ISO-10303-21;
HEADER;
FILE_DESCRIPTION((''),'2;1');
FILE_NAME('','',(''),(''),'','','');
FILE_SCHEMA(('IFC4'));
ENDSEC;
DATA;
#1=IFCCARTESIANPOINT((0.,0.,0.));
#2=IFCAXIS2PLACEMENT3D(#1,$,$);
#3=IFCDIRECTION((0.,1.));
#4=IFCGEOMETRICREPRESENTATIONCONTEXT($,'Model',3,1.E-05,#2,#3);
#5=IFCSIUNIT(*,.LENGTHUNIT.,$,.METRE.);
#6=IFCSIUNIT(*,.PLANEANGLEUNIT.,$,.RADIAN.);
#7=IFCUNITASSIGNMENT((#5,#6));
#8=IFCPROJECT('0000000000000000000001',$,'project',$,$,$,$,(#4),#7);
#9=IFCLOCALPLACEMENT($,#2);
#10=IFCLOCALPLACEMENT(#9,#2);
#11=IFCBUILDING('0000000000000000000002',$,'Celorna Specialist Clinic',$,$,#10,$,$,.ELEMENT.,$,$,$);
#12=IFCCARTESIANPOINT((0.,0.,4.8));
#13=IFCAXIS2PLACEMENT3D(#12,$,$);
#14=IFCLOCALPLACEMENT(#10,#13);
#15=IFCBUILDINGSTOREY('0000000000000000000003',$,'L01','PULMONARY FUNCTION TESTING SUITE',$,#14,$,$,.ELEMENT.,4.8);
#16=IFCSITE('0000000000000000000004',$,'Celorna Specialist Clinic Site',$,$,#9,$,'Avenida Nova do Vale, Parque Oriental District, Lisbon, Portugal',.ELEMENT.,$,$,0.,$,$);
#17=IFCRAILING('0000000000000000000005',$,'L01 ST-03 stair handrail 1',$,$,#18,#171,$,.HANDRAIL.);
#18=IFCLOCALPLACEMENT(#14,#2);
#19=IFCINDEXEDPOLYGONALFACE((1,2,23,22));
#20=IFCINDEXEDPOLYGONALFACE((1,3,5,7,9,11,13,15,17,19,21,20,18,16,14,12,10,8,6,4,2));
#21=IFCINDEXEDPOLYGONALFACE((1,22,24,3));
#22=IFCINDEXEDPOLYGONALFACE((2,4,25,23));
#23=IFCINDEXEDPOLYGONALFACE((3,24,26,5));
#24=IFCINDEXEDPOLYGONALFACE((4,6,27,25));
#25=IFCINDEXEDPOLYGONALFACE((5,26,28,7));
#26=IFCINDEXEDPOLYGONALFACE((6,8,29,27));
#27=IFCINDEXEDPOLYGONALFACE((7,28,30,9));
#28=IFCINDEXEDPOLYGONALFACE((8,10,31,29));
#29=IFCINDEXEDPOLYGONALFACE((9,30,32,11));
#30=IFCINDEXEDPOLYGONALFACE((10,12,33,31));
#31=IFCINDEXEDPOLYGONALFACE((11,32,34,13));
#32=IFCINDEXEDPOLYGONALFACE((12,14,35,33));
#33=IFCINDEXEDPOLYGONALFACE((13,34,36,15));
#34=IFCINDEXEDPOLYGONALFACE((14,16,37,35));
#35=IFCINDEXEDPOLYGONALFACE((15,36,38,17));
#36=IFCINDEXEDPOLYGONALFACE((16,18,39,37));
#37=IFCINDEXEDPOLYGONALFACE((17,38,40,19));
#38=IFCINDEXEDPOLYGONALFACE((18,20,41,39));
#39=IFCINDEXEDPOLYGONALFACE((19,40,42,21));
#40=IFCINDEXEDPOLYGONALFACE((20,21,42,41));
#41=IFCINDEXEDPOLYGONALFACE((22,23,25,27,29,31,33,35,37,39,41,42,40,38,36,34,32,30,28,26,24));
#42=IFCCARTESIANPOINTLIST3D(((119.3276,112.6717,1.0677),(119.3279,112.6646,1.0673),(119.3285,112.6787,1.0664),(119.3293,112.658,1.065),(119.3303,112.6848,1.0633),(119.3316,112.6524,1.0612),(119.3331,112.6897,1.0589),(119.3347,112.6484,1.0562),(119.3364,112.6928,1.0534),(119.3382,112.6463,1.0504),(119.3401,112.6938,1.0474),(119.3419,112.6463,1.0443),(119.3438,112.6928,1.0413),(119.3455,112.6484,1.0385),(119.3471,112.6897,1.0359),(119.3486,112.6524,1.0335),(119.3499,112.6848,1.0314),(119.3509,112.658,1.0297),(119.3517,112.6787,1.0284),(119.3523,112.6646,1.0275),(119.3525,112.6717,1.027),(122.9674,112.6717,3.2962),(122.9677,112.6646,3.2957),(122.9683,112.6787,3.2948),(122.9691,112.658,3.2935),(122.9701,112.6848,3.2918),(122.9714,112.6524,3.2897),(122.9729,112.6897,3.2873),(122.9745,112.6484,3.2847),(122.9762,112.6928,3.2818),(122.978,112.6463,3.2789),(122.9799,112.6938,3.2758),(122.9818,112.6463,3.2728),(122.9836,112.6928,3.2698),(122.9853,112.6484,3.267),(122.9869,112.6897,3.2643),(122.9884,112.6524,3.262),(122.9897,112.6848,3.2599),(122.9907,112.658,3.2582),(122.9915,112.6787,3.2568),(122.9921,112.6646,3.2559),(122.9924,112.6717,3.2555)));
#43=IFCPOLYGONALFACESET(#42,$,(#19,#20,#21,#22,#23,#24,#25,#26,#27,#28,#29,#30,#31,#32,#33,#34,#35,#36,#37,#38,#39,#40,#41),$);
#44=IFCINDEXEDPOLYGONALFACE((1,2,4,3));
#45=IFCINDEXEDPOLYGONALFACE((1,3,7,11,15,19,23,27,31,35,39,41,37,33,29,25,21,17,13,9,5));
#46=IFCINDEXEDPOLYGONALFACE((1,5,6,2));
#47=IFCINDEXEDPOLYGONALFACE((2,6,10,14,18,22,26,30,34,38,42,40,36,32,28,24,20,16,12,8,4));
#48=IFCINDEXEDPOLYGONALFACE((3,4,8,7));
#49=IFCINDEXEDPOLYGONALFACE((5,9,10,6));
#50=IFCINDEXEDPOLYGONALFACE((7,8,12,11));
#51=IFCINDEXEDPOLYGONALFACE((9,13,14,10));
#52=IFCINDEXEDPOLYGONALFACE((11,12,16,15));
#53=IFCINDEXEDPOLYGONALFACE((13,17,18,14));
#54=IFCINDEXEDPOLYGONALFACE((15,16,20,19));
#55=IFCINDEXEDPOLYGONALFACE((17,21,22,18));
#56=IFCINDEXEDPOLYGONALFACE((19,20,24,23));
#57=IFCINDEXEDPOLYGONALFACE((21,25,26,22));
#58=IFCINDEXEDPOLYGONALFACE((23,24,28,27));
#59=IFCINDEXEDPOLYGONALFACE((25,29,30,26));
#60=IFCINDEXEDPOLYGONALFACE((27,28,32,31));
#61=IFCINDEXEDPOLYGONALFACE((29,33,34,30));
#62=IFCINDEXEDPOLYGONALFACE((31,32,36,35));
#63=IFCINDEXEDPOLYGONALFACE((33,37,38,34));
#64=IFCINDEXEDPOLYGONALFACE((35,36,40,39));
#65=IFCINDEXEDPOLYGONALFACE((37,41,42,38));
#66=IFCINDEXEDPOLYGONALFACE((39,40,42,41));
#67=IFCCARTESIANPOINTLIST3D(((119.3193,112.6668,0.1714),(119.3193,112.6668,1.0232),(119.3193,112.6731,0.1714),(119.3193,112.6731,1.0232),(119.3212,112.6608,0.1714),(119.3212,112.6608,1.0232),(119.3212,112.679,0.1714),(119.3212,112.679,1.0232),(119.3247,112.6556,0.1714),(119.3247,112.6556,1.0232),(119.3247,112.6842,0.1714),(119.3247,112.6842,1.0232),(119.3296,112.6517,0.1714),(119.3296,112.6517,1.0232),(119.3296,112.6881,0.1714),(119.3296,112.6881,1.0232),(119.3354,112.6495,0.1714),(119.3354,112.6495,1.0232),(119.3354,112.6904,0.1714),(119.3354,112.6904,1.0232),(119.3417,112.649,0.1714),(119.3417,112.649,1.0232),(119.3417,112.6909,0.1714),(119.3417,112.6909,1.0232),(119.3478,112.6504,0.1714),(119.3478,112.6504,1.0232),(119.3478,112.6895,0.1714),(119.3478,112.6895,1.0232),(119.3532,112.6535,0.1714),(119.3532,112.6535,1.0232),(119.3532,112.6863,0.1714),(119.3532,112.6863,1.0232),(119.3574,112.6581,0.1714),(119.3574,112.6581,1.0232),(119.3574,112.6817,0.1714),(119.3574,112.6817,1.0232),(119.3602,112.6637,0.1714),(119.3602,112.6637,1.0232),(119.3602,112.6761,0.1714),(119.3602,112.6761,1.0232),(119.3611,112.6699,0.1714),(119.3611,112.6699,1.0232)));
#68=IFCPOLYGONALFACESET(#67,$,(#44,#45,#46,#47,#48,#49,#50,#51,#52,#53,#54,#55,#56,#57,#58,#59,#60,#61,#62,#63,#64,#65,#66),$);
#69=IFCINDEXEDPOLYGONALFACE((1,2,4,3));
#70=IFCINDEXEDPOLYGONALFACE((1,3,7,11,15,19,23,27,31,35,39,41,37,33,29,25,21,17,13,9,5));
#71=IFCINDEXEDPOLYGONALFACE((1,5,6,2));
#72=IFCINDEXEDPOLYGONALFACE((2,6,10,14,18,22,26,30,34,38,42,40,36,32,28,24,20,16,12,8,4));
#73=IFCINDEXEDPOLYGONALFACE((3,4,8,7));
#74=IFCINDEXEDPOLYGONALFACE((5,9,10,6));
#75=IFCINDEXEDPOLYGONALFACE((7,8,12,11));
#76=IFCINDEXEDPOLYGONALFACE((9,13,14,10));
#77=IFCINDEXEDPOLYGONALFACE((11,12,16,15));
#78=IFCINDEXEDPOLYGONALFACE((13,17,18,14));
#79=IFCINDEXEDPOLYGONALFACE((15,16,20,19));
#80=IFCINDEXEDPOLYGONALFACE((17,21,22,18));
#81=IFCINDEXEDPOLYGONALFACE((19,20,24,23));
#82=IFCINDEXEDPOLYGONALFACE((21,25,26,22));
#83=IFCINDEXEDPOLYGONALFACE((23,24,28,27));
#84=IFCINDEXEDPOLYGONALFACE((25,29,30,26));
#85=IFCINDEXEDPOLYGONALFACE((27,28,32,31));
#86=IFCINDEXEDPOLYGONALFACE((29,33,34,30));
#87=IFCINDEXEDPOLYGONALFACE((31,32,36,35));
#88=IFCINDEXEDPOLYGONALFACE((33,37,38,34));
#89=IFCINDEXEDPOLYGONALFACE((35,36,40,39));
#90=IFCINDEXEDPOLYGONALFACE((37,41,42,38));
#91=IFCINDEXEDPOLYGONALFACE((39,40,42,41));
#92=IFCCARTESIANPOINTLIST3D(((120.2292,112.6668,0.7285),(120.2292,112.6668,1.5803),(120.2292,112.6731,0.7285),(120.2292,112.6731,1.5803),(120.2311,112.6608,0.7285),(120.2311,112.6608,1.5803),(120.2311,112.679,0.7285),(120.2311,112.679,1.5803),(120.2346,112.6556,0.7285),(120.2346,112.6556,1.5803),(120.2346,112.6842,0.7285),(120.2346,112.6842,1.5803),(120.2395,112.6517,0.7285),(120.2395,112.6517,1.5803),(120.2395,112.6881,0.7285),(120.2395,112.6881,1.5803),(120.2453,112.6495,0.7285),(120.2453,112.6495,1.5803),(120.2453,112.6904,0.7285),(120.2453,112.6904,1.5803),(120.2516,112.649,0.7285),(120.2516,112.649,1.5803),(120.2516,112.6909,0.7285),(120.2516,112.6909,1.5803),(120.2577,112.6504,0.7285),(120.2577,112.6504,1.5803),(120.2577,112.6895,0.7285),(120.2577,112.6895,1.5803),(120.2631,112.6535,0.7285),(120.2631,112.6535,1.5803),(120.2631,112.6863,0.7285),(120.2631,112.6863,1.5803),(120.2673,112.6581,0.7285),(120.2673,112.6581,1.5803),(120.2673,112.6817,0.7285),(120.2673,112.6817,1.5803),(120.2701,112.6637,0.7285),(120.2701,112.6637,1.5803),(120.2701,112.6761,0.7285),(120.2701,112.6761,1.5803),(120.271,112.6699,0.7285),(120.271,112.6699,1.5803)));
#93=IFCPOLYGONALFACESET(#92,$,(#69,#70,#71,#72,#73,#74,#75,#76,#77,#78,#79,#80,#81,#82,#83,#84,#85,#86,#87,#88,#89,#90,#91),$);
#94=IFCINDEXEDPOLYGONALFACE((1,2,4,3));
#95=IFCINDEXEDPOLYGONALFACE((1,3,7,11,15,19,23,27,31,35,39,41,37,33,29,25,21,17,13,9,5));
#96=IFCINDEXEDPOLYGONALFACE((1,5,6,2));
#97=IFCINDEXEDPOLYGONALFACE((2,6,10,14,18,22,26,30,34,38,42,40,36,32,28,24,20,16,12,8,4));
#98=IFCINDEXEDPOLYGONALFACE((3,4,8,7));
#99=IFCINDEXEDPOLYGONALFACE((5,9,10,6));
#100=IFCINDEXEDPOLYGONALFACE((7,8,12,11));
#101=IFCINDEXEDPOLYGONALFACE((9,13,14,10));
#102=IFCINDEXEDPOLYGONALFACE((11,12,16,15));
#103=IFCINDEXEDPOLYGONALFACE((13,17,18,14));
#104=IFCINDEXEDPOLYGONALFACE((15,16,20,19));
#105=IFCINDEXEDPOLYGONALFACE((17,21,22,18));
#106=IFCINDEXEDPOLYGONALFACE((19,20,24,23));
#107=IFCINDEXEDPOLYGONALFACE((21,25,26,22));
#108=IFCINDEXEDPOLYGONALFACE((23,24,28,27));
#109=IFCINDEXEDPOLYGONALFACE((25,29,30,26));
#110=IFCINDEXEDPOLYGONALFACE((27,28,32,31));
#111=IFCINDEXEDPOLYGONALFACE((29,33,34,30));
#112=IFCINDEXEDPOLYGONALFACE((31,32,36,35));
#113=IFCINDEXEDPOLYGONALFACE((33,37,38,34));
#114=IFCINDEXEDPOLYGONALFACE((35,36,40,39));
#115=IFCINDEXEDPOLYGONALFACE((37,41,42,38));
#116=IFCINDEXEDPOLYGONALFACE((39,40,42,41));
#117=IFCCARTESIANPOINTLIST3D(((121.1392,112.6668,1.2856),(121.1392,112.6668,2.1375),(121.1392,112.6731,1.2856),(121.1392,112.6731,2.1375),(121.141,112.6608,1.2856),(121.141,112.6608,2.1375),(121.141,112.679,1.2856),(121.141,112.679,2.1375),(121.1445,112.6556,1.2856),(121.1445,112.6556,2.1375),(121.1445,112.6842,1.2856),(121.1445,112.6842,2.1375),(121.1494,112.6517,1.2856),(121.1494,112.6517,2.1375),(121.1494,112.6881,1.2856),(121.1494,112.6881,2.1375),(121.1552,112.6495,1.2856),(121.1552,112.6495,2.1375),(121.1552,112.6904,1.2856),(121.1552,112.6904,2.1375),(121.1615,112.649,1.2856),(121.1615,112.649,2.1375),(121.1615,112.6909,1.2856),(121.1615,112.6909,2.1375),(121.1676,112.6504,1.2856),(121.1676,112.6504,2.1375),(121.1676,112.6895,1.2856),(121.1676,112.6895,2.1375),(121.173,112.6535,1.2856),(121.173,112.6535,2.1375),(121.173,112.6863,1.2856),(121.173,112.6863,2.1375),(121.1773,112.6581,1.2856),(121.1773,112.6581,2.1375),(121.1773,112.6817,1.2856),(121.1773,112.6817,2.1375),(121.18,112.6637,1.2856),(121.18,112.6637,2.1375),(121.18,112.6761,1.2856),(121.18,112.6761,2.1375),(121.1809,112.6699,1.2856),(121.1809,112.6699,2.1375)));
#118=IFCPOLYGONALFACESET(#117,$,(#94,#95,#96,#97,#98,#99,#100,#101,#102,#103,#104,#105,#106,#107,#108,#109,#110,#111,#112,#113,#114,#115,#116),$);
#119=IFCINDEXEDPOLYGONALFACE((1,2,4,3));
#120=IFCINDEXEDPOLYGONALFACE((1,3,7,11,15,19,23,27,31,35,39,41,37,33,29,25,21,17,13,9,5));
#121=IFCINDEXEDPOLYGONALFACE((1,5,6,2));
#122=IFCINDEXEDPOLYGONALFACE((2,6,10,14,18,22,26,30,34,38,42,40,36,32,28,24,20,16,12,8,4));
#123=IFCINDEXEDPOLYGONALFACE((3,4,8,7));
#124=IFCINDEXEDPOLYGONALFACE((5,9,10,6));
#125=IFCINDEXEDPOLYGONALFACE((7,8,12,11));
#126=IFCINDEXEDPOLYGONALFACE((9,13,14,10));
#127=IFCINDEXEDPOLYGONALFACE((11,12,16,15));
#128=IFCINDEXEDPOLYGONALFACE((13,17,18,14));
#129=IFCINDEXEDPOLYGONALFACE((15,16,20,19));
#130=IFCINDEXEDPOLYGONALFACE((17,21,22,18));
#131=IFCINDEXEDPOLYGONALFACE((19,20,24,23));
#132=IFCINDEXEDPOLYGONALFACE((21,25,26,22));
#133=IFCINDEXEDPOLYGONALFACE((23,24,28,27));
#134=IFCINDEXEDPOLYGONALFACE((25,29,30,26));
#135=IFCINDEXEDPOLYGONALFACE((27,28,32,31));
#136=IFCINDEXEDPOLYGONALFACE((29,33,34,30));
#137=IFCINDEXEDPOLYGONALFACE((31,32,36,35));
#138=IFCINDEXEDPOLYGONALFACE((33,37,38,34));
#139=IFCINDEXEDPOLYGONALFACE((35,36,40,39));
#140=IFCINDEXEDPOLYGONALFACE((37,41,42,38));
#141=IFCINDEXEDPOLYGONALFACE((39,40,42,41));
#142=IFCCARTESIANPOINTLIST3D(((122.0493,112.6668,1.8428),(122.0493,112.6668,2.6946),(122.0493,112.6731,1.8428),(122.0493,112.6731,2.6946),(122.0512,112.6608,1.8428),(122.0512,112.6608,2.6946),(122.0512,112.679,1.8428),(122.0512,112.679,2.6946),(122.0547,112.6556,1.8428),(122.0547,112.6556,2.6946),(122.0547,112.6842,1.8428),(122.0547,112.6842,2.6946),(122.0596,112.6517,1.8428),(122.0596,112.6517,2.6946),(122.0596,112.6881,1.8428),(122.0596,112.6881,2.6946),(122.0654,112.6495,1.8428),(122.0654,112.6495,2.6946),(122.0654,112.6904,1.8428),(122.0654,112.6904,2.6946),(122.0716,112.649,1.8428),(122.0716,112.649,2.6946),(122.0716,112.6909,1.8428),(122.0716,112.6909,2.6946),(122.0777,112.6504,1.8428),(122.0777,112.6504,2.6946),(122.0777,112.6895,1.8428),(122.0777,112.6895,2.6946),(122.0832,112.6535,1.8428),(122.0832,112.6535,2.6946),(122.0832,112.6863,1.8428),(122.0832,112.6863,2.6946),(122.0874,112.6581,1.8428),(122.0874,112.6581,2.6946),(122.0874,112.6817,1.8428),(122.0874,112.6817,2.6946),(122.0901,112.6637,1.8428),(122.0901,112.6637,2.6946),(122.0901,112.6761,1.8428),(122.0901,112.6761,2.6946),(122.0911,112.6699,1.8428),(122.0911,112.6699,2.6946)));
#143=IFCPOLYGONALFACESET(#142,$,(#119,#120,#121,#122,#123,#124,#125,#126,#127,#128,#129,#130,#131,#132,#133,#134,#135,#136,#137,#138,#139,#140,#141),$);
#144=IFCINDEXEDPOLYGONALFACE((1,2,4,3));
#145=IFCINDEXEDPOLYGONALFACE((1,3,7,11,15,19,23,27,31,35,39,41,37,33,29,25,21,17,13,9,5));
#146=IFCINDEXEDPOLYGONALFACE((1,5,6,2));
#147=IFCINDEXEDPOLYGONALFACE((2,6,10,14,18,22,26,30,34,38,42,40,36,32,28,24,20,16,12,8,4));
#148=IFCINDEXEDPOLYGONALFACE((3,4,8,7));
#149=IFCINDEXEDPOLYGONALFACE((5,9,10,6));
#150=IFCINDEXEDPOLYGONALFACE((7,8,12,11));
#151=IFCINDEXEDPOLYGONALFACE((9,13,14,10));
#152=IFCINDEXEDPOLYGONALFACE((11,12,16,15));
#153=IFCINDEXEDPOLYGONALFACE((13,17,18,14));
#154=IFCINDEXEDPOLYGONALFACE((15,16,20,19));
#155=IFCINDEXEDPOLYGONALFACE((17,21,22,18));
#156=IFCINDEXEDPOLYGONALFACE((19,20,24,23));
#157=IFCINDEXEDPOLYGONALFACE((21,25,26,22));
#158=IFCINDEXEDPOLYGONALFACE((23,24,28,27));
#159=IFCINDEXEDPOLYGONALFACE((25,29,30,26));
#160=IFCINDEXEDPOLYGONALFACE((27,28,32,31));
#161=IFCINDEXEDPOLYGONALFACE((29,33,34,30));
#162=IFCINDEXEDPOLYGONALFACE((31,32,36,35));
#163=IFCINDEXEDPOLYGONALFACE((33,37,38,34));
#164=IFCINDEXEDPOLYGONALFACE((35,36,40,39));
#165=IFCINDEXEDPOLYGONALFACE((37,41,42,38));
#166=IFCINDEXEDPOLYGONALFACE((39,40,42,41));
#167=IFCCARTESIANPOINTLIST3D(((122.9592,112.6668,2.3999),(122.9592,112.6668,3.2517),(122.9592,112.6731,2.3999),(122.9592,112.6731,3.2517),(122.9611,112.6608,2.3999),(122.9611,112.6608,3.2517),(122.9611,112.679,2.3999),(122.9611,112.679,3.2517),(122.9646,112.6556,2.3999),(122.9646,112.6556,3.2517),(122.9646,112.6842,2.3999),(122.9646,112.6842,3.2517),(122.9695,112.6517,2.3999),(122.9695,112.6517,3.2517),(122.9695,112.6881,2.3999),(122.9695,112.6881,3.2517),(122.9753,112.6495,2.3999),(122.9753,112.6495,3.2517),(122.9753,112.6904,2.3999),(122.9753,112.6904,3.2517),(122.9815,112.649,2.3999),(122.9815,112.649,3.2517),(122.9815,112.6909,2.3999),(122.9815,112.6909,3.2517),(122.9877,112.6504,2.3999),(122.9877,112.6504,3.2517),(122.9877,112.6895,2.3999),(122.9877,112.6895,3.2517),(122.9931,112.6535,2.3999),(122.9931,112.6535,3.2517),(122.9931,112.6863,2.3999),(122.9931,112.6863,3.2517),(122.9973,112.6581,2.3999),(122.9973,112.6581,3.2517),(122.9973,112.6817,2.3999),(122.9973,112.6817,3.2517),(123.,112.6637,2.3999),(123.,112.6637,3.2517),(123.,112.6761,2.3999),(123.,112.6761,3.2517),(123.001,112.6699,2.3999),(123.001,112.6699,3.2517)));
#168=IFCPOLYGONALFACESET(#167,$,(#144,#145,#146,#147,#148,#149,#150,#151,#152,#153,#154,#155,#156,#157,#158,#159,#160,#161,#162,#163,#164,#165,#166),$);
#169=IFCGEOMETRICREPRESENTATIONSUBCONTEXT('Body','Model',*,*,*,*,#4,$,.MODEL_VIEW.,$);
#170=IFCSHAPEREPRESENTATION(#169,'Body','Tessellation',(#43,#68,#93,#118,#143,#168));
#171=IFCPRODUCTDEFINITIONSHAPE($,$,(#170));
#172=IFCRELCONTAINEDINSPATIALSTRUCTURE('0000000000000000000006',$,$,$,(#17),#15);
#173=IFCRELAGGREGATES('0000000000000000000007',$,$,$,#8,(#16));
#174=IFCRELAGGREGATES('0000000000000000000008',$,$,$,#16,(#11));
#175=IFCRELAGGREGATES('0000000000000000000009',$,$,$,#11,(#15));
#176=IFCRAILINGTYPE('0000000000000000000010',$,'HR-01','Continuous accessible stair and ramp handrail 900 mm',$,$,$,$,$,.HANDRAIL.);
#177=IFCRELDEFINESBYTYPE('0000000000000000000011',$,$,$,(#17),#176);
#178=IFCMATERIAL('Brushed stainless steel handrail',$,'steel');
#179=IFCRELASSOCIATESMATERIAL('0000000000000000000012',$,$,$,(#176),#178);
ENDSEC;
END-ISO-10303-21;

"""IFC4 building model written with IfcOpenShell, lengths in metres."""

from ifc_helpers import new_model, si_unit, direction, frame, origin, origin_2d, place, context, subcontext, project, spatial, circle, extrude, material, type_object, element, save


model = new_model("IFC4")

# Units and contexts
model_context = context("Model", 3, precision=1e-05, world=origin(), true_north=direction((0.0, 1.0)))
body_context = subcontext(model_context, "Body", "Model", "MODEL_VIEW")
ifc_project = project(units=[si_unit("LENGTHUNIT", "METRE"), si_unit("PLANEANGLEUNIT", "RADIAN")], contexts=[model_context])

# Site, building, storey
site_placement = place(None, origin())
site = spatial("IfcSite", under=ifc_project, at=site_placement, Name="Celorna Specialist Clinic Site", LongName="Avenida Nova do Vale, Parque Oriental District, Lisbon, Portugal", CompositionType="ELEMENT", RefElevation=0.0)
building_placement = place(site_placement, origin())
building = spatial("IfcBuilding", under=site, at=building_placement, Name="Celorna Specialist Clinic", CompositionType="ELEMENT")
storey_placement = place(building_placement, frame((0.0, 0.0, 4.8)))
storey = spatial("IfcBuildingStorey", under=building, at=storey_placement, Name="L01", Description="PULMONARY FUNCTION TESTING SUITE", CompositionType="ELEMENT", Elevation=4.8)

# Railing
ifc_material_1 = material(Name="Brushed stainless steel handrail", Category="steel")
railing_type = type_object("IfcRailingType", Name="HR-01", Description="Continuous accessible stair and ramp handrail 900 mm", PredefinedType="HANDRAIL", material=ifc_material_1)
railing_placement = place(storey_placement, frame((119.3401, 112.6699, 0.1714)))
element("IfcRailing", 1, at=railing_placement, inside=storey, type_object=railing_type, Name="L01 ST-03 stair handrail 1", PredefinedType="HANDRAIL", context=body_context, shape_type="SweptSolid", body=[
    extrude(circle(Radius=0.0239, at=origin_2d()), frame((0.0, 0.0, 0.876), z_axis=(0.85285, 0.0, 0.522156), x_axis=(0.0, 1.0, 0.0)), (0.0, 0.0, 1.0), 4.2678),
    extrude(circle(Radius=0.021, at=origin_2d()), origin(), (0.0, 0.0, 1.0), 0.8518),
    extrude(circle(Radius=0.021, at=origin_2d()), frame((0.9099, 0.0, 0.5571)), (0.0, 0.0, 1.0), 0.8518),
    extrude(circle(Radius=0.021, at=origin_2d()), frame((1.8198, 0.0, 1.1143)), (0.0, 0.0, 1.0), 0.8518),
    extrude(circle(Radius=0.021, at=origin_2d()), frame((2.73, 0.0, 1.6714)), (0.0, 0.0, 1.0), 0.8518),
    extrude(circle(Radius=0.021, at=origin_2d()), frame((3.6399, 0.0, 2.2285)), (0.0, 0.0, 1.0), 0.8518),
])

save(model, "model.ifc")
